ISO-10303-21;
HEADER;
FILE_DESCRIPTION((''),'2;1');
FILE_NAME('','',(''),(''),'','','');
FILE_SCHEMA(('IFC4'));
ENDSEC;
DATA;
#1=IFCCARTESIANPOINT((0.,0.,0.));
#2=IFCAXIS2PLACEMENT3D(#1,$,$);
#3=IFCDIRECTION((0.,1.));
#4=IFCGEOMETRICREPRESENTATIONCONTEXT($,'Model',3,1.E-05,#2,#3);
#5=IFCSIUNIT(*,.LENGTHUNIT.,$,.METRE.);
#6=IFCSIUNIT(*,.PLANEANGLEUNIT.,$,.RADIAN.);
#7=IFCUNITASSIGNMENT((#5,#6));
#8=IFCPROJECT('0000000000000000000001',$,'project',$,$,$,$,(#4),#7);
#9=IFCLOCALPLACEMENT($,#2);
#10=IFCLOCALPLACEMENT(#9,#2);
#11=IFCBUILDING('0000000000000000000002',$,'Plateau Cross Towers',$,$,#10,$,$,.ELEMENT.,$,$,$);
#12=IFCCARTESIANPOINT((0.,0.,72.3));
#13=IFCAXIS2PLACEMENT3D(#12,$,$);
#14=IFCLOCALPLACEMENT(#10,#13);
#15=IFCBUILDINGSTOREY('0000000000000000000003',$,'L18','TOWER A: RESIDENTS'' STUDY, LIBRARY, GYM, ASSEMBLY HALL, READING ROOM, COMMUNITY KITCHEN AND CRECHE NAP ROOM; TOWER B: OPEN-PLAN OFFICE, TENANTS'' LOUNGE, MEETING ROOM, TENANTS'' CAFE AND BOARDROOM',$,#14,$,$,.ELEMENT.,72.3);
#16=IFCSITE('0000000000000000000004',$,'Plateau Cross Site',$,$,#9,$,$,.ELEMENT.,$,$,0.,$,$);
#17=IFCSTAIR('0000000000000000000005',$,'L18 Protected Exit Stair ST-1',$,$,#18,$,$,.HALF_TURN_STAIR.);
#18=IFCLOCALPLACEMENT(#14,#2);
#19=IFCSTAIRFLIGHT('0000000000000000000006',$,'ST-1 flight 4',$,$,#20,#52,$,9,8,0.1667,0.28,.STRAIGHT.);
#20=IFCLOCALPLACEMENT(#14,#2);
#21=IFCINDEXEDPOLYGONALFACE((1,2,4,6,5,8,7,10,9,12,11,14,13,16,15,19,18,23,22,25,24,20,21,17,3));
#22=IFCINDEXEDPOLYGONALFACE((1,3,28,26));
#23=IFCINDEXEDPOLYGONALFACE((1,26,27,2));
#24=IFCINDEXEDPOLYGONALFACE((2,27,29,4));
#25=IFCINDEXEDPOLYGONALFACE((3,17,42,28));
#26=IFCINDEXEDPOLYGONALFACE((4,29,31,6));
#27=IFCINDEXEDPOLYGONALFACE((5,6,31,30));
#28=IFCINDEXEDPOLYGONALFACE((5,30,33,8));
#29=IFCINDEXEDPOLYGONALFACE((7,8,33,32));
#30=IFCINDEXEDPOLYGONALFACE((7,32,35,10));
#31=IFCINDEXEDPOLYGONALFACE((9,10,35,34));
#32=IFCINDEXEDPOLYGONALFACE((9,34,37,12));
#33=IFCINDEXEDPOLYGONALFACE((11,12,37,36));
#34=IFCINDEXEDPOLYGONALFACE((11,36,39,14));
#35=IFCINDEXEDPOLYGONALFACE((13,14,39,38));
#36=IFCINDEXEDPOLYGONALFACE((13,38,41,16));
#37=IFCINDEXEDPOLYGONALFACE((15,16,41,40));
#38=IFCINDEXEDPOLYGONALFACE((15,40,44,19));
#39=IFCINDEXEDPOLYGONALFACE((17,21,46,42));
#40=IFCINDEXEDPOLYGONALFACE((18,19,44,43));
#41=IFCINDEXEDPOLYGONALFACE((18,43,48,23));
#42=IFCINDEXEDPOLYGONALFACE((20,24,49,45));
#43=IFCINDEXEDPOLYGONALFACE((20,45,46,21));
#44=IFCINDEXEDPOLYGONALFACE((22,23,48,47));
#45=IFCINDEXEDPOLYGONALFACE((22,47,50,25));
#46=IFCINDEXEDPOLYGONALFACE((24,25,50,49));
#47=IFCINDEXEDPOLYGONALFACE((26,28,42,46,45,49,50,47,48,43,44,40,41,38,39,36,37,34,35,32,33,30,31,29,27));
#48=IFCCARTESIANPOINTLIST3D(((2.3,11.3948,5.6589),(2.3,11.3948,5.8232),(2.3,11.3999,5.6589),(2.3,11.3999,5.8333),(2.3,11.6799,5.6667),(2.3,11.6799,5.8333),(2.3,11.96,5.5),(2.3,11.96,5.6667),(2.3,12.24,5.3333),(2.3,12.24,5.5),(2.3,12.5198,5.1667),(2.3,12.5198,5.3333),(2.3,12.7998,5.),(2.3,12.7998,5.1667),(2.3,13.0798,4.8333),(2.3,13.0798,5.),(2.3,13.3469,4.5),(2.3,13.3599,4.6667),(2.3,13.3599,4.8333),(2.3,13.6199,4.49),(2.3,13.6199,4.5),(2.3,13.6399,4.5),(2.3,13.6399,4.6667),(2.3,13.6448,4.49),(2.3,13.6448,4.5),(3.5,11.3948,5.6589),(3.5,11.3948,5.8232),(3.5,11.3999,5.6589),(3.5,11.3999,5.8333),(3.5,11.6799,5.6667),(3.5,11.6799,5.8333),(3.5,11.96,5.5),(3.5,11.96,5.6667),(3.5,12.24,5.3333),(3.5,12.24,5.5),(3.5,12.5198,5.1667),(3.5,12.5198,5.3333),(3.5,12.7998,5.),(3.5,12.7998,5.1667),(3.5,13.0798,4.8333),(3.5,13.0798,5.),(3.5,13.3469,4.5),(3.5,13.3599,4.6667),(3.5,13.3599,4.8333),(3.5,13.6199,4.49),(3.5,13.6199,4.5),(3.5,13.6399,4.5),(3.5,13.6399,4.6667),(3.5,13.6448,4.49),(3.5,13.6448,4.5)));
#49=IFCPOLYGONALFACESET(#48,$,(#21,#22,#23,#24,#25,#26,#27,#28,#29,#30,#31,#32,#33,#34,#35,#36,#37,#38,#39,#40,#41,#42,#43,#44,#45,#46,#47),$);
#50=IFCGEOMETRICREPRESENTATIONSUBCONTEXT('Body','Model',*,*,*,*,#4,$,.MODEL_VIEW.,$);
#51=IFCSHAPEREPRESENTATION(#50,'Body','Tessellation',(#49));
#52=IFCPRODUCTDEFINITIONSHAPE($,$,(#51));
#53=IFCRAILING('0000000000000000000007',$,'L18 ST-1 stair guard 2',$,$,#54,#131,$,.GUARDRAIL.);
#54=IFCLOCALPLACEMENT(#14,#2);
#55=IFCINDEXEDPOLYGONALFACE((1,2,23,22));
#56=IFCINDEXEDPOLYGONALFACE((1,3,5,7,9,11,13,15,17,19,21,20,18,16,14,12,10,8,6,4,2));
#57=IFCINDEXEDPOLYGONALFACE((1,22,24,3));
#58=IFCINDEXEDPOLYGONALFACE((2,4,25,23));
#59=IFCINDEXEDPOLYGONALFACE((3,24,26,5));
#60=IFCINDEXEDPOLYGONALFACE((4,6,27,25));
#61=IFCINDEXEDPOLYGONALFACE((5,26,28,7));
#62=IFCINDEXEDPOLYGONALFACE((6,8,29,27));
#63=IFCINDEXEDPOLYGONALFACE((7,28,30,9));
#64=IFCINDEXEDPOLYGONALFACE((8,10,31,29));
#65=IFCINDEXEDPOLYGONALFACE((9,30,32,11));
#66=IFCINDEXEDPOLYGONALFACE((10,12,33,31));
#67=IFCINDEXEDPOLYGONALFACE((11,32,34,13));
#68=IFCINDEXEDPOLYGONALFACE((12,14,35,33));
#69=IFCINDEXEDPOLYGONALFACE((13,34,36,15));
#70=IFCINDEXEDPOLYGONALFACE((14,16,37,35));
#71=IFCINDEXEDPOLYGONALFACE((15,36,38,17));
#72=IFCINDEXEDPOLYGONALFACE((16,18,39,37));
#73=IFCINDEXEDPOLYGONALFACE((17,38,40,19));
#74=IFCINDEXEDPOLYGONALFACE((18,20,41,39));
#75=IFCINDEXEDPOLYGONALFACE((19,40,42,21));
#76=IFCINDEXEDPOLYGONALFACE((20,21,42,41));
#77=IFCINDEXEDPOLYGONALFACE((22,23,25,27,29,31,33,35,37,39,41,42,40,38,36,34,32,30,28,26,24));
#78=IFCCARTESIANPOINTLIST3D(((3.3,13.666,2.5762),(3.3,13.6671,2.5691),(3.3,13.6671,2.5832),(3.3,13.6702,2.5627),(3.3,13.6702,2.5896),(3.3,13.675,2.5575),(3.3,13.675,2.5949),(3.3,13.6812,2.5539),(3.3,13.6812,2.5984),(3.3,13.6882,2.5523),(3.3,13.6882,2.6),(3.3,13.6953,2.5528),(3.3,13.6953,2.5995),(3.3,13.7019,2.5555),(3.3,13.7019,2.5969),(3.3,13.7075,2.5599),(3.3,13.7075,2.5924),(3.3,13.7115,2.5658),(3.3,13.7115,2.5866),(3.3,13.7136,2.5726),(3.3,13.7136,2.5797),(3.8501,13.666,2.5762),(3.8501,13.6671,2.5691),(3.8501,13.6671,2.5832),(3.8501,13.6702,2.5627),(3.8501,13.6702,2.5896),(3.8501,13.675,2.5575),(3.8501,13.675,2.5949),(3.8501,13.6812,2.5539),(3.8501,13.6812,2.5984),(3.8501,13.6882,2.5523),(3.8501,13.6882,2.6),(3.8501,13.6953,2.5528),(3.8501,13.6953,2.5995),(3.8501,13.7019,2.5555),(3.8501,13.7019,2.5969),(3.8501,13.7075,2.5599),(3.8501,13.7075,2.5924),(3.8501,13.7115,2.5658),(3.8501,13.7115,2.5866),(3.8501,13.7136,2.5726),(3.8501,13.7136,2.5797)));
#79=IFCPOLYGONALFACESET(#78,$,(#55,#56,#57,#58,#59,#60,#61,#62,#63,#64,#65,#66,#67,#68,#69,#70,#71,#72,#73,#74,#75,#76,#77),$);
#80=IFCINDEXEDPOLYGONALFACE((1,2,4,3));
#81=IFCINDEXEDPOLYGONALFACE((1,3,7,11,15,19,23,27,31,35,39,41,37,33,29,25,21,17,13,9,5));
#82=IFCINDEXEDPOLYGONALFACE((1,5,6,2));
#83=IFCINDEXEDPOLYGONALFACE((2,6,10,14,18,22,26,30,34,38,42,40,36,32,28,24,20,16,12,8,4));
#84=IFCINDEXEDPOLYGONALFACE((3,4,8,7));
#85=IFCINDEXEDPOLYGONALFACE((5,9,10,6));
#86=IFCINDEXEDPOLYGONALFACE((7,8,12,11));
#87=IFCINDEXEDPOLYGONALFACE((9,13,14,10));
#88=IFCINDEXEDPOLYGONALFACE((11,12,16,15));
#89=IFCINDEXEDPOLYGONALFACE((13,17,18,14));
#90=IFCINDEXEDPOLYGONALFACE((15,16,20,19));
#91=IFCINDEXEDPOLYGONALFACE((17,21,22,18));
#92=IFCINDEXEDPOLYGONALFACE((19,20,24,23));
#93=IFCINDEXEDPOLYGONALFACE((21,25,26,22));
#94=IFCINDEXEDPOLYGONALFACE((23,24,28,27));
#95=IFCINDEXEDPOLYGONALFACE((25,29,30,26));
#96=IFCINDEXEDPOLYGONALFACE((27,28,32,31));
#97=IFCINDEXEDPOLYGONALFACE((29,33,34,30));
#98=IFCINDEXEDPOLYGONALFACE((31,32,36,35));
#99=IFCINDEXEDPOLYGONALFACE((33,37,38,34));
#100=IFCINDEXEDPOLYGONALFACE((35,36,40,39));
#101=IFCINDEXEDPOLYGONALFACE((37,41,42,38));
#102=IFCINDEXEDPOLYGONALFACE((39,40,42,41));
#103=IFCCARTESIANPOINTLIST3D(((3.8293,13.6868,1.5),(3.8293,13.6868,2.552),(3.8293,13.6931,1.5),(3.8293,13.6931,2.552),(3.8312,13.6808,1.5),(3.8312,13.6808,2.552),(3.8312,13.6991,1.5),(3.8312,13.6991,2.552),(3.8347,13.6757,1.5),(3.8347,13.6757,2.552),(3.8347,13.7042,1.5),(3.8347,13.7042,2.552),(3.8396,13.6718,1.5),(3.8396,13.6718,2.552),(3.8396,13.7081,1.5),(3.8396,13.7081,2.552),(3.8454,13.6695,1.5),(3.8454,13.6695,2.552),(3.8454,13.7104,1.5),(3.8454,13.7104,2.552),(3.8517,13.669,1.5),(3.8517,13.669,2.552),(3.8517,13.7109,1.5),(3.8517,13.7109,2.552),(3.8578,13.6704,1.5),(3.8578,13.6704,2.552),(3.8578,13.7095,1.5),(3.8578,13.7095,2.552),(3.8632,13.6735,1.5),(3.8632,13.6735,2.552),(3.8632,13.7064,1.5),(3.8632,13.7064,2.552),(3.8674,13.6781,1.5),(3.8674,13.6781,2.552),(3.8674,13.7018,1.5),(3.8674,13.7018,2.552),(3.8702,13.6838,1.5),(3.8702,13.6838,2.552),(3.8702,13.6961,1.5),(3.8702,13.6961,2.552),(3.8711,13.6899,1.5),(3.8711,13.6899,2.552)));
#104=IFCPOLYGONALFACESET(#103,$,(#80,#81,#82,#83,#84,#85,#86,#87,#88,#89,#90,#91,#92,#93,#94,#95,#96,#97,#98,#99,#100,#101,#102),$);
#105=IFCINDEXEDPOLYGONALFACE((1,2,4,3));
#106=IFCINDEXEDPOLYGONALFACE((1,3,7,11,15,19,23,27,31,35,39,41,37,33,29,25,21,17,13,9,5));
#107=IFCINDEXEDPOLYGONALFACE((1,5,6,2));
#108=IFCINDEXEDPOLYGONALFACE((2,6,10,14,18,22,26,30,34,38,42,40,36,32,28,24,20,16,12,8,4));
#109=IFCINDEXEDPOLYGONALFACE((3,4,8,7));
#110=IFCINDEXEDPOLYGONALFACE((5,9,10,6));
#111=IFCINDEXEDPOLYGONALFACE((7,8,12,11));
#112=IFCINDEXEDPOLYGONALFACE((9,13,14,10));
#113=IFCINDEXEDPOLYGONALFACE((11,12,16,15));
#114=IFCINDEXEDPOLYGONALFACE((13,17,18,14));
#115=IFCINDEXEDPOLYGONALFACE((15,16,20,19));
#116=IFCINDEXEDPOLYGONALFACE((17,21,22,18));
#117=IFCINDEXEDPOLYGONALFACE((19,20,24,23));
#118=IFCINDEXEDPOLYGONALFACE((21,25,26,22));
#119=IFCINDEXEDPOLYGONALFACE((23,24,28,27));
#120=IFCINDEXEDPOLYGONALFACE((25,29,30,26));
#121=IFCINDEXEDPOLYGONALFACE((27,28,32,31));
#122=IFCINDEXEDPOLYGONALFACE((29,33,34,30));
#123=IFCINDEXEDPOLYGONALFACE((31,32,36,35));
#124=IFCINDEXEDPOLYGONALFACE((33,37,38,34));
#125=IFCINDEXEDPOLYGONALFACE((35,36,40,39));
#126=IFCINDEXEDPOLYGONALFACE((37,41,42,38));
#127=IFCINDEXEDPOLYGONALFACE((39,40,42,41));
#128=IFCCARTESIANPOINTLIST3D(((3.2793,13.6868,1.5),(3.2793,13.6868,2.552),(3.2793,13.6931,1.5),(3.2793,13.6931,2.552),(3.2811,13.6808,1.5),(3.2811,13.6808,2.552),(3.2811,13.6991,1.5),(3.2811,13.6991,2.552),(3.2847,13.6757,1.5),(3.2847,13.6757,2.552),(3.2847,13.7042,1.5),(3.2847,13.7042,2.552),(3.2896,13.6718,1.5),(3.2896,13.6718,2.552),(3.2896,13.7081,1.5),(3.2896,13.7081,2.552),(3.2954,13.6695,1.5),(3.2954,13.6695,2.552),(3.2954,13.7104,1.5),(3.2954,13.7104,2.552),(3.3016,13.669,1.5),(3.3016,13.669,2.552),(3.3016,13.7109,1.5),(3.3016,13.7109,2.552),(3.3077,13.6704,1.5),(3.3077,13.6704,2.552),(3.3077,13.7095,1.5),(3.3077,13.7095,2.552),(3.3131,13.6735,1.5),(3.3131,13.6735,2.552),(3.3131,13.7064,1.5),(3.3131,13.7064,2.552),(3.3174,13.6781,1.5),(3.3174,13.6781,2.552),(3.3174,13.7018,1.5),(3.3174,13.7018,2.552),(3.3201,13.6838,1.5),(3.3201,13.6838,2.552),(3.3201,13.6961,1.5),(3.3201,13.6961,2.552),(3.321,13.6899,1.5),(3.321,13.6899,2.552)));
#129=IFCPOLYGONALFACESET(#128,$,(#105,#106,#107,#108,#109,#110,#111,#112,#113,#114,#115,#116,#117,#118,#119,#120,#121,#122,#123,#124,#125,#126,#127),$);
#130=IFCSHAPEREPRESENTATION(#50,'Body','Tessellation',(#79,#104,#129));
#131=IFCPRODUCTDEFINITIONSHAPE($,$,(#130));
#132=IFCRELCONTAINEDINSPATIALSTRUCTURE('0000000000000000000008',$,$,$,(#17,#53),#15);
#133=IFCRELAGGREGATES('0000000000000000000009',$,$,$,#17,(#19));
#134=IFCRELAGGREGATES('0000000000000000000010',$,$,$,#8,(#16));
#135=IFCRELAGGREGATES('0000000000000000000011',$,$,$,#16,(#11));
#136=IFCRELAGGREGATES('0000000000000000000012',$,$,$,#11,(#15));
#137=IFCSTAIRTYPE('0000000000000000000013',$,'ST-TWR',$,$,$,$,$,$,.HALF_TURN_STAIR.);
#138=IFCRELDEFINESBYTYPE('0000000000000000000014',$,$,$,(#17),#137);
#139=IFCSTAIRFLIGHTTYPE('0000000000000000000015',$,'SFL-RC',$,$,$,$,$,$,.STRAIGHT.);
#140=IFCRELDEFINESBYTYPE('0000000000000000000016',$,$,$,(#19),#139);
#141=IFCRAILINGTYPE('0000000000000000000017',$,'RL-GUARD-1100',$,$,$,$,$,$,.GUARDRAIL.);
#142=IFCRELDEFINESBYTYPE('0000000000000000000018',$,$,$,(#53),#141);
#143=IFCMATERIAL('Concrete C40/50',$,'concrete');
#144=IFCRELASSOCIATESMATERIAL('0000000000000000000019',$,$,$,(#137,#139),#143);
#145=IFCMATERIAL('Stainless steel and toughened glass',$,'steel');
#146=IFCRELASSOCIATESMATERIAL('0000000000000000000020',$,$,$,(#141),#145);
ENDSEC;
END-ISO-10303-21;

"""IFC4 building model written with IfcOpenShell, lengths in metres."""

from ifc_helpers import new_model, si_unit, direction, frame, origin, origin_2d, place, context, subcontext, project, spatial, polyline, circle, outline, extrude, material, type_object, element, aggregate, save


model = new_model("IFC4")

# Units and contexts
model_context = context("Model", 3, precision=1e-05, world=origin(), true_north=direction((0.0, 1.0)))
body_context = subcontext(model_context, "Body", "Model", "MODEL_VIEW")
ifc_project = project(units=[si_unit("LENGTHUNIT", "METRE"), si_unit("PLANEANGLEUNIT", "RADIAN")], contexts=[model_context])

# Site, building, storey
site_placement = place(None, origin())
site = spatial("IfcSite", under=ifc_project, at=site_placement, Name="Plateau Cross Site", CompositionType="ELEMENT", RefElevation=0.0)
building_placement = place(site_placement, origin())
building = spatial("IfcBuilding", under=site, at=building_placement, Name="Plateau Cross Towers", CompositionType="ELEMENT")
storey_placement = place(building_placement, frame((0.0, 0.0, 72.3)))
storey = spatial("IfcBuildingStorey", under=building, at=storey_placement, Name="L18", Description="TOWER A: RESIDENTS' STUDY, LIBRARY, GYM, ASSEMBLY HALL, READING ROOM, COMMUNITY KITCHEN AND CRECHE NAP ROOM; TOWER B: OPEN-PLAN OFFICE, TENANTS' LOUNGE, MEETING ROOM, TENANTS' CAFE AND BOARDROOM", CompositionType="ELEMENT", Elevation=72.3)

# Stair, stair flight
ifc_material_1 = material(Name="Concrete C40/50", Category="concrete")
stair_type = type_object("IfcStairType", Name="ST-TWR", PredefinedType="HALF_TURN_STAIR", material=ifc_material_1)
stair_placement = place(storey_placement, origin())
stair = element("IfcStair", 1, at=stair_placement, inside=storey, type_object=stair_type, Name="L18 Protected Exit Stair ST-1", PredefinedType="HALF_TURN_STAIR")
stair_flight_type = type_object("IfcStairFlightType", Name="SFL-RC", PredefinedType="STRAIGHT", material=ifc_material_1)
stair_flight_1_placement = place(storey_placement, frame((2.8999, 13.6399, 4.5), z_axis=(0.0, 0.0, 1.0), x_axis=(0.0, -1.0, 0.0)))
stair_flight_1 = element("IfcStairFlight", 2, at=stair_flight_1_placement, type_object=stair_flight_type, Name="ST-1 flight 4", NumberOfRisers=9, NumberOfTreads=8, PredefinedType="STRAIGHT", RiserHeight=0.1667, TreadLength=0.28, context=body_context, shape_type="SweptSolid", body=[
    extrude(outline(polyline([(-0.0049, -0.01), (-0.0049, 0.0), (0.0, 0.0), (0.0, 0.1667), (0.28, 0.1667), (0.28, 0.3333), (0.5601, 0.3333), (0.5601, 0.5), (0.8401, 0.5), (0.8401, 0.6667), (1.1201, 0.6667), (1.1201, 0.8333), (1.3999, 0.8333), (1.3999, 1.0), (1.6799, 1.0), (1.6799, 1.1667), (1.96, 1.1667), (1.96, 1.3333), (2.24, 1.3333), (2.2451, 1.3232), (2.2451, 1.1589), (2.24, 1.1589), (0.293, 0.0), (0.02, 0.0), (0.02, -0.01), (-0.0049, -0.01)])), frame((0.0, 0.6001, 0.0), z_axis=(0.0, -1.0, 0.0), x_axis=(1.0, 0.0, 0.0)), (0.0, 0.0, 1.0), 1.2),
])
aggregate(stair, [stair_flight_1])

# Railing
ifc_material_2 = material(Name="Stainless steel and toughened glass", Category="steel")
railing_type_1 = type_object("IfcRailingType", Name="RL-GUARD-1100", PredefinedType="GUARDRAIL", material=ifc_material_2)
railing_1_placement = place(storey_placement, frame((3.8501, 13.6899, 1.5)))
element("IfcRailing", 3, at=railing_1_placement, inside=storey, type_object=railing_type_1, Name="L18 ST-1 stair guard 2", PredefinedType="GUARDRAIL", context=body_context, shape_type="SweptSolid", body=[
    extrude(circle(Radius=0.0239, at=origin_2d()), frame((0.0, 0.0, 1.0762), z_axis=(-1.0, 0.0, 0.0), x_axis=(0.0, -1.0, 0.0)), (0.0, 0.0, 1.0), 0.55),
    extrude(circle(Radius=0.021, at=origin_2d()), origin(), (0.0, 0.0, 1.0), 1.052),
    extrude(circle(Radius=0.021, at=origin_2d()), frame((-0.55, 0.0, 0.0)), (0.0, 0.0, 1.0), 1.052),
])

save(model, "model.ifc")
